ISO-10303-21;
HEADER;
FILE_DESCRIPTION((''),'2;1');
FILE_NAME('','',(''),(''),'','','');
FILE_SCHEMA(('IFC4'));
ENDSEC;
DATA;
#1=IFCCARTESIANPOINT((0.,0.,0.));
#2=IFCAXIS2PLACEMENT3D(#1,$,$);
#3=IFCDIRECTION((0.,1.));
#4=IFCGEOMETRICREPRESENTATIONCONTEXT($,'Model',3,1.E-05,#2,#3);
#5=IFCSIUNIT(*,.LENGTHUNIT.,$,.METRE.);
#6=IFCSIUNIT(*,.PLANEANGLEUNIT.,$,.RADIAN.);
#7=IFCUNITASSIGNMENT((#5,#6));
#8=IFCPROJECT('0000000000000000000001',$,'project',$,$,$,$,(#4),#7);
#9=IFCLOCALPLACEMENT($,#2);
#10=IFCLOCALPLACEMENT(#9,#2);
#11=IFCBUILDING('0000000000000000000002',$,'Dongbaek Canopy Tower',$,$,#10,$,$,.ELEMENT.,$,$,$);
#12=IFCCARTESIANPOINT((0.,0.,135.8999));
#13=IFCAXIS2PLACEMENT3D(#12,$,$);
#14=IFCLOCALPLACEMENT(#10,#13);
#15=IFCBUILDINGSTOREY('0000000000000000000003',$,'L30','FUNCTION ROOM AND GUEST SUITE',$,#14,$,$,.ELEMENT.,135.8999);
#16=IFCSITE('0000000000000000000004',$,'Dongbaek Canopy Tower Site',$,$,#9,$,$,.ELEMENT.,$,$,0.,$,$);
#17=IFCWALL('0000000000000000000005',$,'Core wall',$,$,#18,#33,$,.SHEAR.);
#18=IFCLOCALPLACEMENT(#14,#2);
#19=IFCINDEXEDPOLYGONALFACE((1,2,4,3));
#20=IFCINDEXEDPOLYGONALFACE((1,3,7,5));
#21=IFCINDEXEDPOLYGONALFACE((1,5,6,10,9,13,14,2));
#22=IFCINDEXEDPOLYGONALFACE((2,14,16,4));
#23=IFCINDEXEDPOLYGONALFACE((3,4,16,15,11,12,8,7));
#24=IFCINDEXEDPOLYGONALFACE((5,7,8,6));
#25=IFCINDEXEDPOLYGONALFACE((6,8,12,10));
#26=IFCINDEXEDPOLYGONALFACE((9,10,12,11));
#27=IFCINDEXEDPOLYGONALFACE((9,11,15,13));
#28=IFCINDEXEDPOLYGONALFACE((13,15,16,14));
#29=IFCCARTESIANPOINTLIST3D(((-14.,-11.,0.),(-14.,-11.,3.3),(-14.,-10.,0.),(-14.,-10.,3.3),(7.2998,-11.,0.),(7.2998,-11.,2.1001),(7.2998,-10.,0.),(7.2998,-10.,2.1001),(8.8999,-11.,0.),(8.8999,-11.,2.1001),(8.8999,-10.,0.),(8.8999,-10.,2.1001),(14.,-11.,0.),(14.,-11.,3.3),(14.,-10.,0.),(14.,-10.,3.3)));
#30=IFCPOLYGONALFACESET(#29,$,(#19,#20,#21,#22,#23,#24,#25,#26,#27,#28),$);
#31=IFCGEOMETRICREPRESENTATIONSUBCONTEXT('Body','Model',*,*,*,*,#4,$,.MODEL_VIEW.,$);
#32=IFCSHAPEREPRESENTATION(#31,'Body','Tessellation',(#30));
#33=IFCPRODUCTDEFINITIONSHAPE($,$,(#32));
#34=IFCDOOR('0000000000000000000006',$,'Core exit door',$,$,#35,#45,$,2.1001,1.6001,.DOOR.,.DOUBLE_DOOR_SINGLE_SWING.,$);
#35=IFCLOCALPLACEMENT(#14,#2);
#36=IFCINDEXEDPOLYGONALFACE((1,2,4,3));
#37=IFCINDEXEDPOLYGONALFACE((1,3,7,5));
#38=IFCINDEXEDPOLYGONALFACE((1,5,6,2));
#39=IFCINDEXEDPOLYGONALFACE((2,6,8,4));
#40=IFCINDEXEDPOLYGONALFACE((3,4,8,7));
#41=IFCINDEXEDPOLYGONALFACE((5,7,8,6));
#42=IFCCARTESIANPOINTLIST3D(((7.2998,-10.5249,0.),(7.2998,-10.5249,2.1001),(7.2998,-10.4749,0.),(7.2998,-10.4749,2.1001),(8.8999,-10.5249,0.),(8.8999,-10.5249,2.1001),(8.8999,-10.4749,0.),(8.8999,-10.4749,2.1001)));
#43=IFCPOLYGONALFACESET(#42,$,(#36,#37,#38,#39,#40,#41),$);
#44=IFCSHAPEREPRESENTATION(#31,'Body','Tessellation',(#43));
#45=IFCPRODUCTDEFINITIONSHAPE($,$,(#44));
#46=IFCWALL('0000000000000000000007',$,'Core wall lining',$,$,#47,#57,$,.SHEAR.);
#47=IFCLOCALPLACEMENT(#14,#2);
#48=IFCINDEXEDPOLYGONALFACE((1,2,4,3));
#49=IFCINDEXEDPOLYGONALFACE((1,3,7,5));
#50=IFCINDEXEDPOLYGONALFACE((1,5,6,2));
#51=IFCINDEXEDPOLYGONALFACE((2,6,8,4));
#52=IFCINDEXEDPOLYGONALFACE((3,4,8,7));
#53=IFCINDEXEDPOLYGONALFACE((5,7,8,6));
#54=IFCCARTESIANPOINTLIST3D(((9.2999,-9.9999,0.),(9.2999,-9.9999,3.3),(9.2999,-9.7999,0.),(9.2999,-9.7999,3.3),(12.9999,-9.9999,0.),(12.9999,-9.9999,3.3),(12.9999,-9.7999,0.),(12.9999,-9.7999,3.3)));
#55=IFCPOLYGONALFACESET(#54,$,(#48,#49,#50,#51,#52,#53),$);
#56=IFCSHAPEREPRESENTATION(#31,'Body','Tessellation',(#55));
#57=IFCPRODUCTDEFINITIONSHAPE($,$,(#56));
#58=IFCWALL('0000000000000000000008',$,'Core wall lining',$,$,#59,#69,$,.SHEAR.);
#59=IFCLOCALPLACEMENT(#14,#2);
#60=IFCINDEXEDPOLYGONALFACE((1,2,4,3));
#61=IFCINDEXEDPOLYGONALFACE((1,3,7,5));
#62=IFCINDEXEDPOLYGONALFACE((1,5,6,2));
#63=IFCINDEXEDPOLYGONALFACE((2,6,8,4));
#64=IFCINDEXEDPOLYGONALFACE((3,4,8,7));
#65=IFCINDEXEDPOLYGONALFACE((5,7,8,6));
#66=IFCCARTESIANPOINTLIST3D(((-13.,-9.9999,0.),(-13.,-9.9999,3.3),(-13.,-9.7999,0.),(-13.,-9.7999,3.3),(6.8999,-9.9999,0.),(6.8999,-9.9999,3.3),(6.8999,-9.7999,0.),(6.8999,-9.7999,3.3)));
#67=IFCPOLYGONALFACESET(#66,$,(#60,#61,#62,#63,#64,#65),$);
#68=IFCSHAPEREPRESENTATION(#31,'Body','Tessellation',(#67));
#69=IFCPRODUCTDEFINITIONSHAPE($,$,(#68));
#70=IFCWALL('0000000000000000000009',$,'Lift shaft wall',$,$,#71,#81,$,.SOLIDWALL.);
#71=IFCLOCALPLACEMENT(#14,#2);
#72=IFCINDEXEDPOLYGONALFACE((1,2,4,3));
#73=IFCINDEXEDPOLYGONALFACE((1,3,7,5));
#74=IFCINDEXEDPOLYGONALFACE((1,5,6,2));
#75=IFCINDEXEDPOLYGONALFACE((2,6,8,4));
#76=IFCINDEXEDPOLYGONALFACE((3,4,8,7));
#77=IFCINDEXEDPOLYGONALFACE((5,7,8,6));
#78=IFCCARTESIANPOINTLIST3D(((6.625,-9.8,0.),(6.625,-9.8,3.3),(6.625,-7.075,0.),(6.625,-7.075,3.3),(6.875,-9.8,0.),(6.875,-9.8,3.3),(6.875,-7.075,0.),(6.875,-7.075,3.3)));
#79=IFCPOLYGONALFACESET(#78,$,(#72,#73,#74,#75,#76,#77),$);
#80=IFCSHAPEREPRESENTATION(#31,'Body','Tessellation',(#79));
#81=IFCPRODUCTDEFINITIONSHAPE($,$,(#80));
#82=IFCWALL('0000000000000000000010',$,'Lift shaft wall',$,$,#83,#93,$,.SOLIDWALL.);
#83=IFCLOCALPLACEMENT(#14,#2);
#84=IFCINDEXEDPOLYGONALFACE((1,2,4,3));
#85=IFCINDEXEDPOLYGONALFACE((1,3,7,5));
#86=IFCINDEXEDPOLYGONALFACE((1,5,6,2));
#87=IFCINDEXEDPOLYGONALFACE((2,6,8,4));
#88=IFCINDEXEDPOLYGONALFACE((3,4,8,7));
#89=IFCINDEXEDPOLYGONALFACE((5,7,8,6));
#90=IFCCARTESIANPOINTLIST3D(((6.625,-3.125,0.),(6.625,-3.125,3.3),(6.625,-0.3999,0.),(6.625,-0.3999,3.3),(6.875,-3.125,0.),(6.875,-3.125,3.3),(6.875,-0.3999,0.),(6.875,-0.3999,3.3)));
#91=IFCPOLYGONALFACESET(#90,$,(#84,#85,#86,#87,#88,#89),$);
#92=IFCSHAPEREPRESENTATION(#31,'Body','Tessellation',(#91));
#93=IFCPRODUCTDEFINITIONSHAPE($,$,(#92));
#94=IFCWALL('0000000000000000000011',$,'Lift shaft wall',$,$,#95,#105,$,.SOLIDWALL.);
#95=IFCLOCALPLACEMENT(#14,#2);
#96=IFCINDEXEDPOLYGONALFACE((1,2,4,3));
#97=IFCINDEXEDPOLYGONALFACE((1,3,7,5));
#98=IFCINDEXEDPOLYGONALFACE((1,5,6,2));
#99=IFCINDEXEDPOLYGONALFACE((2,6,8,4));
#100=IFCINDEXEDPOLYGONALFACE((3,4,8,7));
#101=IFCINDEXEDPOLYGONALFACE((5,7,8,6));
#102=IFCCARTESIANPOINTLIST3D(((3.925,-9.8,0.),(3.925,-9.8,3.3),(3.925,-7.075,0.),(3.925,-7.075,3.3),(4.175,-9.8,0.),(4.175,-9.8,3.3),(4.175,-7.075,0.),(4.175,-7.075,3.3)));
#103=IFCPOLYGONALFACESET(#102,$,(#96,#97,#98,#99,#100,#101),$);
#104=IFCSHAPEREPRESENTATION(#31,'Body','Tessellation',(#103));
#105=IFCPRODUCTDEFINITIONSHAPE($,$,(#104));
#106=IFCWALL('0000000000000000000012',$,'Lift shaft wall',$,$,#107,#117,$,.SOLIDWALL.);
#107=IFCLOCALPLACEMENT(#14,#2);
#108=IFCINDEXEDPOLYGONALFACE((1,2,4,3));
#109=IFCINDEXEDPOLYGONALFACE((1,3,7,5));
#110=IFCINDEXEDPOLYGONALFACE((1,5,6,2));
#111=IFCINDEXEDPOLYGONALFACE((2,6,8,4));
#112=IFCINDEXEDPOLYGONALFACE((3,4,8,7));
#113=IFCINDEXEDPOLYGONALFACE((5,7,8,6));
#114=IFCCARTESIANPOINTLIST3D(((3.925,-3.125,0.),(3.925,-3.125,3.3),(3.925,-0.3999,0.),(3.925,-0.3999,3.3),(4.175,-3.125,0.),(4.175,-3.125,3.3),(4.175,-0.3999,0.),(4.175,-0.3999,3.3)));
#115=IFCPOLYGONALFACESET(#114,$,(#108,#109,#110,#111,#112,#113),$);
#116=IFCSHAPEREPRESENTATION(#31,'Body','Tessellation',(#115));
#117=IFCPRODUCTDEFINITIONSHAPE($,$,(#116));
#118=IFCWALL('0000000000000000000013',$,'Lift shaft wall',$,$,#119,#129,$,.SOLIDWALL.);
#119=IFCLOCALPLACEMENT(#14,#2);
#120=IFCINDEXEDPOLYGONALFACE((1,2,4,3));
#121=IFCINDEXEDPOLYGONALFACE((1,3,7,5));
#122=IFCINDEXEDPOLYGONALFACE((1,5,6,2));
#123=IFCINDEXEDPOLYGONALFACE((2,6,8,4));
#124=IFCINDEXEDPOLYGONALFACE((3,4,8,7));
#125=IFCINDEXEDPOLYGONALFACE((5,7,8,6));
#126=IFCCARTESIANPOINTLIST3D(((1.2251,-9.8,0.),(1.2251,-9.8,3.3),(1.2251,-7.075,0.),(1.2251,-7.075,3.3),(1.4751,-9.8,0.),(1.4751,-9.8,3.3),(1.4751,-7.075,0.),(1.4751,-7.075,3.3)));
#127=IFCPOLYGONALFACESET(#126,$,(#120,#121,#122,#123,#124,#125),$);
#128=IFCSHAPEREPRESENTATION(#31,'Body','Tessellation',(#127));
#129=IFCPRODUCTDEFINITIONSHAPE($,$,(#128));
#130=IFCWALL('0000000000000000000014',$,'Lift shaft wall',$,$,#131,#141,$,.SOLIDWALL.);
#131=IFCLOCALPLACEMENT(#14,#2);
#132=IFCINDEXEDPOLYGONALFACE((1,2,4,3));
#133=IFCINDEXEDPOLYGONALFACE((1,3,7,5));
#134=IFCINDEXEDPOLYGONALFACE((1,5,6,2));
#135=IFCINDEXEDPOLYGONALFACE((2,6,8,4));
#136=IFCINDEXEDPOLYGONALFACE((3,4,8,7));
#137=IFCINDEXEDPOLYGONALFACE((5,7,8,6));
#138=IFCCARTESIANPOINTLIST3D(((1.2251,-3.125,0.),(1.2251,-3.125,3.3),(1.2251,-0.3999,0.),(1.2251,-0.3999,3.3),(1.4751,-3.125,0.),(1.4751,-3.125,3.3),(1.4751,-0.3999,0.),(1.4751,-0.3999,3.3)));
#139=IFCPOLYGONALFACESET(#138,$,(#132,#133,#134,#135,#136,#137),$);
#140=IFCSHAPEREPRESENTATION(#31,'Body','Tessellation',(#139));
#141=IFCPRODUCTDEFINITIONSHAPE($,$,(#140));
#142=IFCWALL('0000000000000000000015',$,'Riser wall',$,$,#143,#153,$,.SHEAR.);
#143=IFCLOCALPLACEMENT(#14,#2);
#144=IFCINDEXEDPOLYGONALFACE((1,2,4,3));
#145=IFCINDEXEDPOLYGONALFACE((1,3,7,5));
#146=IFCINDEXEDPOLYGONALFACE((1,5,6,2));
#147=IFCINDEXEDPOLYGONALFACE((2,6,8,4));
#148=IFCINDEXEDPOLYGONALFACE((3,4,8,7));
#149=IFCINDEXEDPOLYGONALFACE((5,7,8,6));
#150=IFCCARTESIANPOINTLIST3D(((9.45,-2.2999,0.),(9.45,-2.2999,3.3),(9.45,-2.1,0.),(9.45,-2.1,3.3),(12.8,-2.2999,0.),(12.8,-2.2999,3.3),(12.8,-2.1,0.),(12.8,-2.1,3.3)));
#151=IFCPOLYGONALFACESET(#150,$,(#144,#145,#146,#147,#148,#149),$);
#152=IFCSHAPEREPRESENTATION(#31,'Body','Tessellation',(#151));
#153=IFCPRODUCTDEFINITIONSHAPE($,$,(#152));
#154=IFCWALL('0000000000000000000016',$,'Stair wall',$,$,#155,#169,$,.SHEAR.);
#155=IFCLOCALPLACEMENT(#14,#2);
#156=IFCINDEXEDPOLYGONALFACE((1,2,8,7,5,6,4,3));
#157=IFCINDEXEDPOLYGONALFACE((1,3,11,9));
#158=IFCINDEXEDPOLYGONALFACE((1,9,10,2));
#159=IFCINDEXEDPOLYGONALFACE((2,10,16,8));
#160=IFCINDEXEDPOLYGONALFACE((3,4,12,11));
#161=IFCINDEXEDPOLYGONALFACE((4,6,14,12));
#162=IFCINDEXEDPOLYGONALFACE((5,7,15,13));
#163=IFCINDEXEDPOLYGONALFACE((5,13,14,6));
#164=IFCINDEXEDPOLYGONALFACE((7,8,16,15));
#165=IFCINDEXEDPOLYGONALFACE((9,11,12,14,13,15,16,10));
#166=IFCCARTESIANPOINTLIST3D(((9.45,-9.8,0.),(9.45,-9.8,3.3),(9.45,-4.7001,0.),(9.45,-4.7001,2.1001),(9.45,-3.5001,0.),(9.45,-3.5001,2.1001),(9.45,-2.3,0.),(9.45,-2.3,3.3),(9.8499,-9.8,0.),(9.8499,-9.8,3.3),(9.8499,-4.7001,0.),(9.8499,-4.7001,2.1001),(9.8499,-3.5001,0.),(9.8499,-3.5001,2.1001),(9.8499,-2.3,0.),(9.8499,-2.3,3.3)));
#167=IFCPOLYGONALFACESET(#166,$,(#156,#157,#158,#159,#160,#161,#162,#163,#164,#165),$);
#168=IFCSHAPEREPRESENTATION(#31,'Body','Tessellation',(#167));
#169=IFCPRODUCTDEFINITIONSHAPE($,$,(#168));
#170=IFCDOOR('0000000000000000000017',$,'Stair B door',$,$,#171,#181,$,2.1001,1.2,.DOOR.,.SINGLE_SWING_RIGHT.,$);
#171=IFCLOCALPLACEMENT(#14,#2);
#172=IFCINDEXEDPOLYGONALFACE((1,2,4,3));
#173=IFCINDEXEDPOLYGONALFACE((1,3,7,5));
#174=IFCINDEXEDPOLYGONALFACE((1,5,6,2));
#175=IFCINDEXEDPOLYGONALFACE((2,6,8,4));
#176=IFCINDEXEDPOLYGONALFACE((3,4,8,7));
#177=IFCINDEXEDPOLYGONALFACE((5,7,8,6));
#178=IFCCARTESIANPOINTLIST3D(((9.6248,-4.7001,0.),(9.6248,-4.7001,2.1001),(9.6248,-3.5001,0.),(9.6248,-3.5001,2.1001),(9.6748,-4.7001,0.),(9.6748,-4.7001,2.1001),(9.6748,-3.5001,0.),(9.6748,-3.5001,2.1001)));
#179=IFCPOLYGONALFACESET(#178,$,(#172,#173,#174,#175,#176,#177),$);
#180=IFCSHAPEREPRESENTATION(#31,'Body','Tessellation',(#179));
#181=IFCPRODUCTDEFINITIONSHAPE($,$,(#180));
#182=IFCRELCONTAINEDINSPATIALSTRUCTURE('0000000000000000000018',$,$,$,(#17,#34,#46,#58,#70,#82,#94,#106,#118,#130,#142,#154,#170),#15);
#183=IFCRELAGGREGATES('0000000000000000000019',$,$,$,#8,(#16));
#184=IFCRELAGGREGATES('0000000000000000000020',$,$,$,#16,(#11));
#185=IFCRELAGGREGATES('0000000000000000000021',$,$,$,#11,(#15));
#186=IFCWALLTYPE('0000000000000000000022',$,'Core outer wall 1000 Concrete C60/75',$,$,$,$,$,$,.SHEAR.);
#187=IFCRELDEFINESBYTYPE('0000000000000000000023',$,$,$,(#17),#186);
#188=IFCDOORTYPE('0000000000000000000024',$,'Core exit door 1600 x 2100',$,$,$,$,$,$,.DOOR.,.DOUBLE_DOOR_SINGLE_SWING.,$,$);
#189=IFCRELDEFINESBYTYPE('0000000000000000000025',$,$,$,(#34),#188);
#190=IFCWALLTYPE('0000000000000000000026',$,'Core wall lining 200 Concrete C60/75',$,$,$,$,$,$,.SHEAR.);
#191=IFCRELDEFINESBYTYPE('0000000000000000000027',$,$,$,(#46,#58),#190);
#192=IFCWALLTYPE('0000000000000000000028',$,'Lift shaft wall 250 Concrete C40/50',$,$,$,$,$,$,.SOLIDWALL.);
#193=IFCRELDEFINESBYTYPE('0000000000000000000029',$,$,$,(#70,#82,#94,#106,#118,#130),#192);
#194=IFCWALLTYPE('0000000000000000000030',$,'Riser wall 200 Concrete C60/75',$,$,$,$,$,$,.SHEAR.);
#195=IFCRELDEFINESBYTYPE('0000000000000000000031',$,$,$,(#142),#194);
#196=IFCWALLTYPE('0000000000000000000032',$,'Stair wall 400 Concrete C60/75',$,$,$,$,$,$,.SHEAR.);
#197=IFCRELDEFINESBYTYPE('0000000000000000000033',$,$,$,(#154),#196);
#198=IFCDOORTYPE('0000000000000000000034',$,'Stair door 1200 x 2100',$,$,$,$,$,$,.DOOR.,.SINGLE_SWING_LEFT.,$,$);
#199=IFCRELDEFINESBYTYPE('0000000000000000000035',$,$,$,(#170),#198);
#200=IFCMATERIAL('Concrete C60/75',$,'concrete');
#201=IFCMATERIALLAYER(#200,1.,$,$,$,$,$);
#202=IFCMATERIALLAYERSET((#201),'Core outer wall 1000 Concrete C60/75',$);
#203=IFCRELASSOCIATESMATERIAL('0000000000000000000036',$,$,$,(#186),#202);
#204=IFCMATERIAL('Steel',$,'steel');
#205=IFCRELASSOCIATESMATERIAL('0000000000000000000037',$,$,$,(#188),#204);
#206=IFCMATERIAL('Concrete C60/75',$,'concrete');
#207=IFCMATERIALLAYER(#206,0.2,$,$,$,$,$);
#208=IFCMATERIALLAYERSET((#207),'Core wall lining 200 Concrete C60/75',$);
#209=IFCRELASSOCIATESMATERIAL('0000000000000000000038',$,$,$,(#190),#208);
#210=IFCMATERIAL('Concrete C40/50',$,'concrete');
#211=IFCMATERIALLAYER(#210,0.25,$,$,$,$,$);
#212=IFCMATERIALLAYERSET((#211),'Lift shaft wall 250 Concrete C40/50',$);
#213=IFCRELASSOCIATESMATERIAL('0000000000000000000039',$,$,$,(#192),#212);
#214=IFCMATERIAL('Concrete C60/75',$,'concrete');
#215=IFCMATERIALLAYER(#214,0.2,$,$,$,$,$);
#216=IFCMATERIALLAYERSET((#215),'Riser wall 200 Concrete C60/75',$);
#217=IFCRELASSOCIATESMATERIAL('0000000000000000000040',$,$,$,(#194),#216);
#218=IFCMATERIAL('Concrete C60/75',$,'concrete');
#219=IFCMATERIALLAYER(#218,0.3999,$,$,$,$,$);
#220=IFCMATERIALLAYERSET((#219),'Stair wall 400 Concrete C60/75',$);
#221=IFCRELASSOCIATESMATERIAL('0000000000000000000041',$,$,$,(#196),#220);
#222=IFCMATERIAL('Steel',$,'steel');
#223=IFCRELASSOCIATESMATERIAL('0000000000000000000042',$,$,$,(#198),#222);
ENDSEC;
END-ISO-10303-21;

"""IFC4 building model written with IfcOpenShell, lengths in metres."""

from ifc_helpers import new_model, si_unit, direction, frame, frame_2d, origin, place, context, subcontext, project, spatial, rectangle, extrude, material, layer, layer_set, type_object, element, fill, save


model = new_model("IFC4")

# Units and contexts
model_context = context("Model", 3, precision=1e-05, world=origin(), true_north=direction((0.0, 1.0)))
body_context = subcontext(model_context, "Body", "Model", "MODEL_VIEW")
ifc_project = project(units=[si_unit("LENGTHUNIT", "METRE"), si_unit("PLANEANGLEUNIT", "RADIAN")], contexts=[model_context])

# Site, building, storey
site_placement = place(None, origin())
site = spatial("IfcSite", under=ifc_project, at=site_placement, Name="Dongbaek Canopy Tower Site", CompositionType="ELEMENT", RefElevation=0.0)
building_placement = place(site_placement, origin())
building = spatial("IfcBuilding", under=site, at=building_placement, Name="Dongbaek Canopy Tower", CompositionType="ELEMENT")
storey_placement = place(building_placement, frame((0.0, 0.0, 135.8999)))
storey = spatial("IfcBuildingStorey", under=building, at=storey_placement, Name="L30", Description="FUNCTION ROOM AND GUEST SUITE", CompositionType="ELEMENT", Elevation=135.8999)

# Wall, opening, door
ifc_material_1 = material(Name="Concrete C60/75", Category="concrete")
ifc_layer_1 = layer(ifc_material_1, 1.0)
ifc_layer_set_1 = layer_set([ifc_layer_1], Name="Core outer wall 1000 Concrete C60/75")
wall_type_1 = type_object("IfcWallType", Name="Core outer wall 1000 Concrete C60/75", PredefinedType="SHEAR", material=ifc_layer_set_1)
wall_1_placement = place(storey_placement, frame((14.0, -10.5, 0.0), z_axis=(0.0, 0.0, 1.0), x_axis=(-1.0, 0.0, 0.0)))
wall_1 = element("IfcWall", 1, at=wall_1_placement, inside=storey, type_object=wall_type_1, Name="Core wall", PredefinedType="SHEAR", context=body_context, shape_type="SweptSolid", body=[
    extrude(rectangle(XDim=28.0, YDim=1.0, at=frame_2d((14.0, 0.0))), origin(), (0.0, 0.0, 1.0), 3.3),
])
opening_1_placement = place(wall_1_placement, frame((5.1001, 0.0, 0.0)))
opening_1 = element("IfcOpeningElement", 2, at=opening_1_placement, cuts=wall_1, PredefinedType="OPENING", context=body_context, shape_type="SweptSolid", body=[
    extrude(rectangle(XDim=1.6001, YDim=2.1001, at=frame_2d((0.8, 1.05))), frame((0.0, 0.51, 0.0), z_axis=(0.0, -1.0, 0.0), x_axis=(1.0, 0.0, 0.0)), (0.0, 0.0, 1.0), 1.02),
])
ifc_material_2 = material(Name="Steel", Category="steel")
door_type_1 = type_object("IfcDoorType", Name="Core exit door 1600 x 2100", OperationType="DOUBLE_DOOR_SINGLE_SWING", PredefinedType="DOOR", material=ifc_material_2)
door_1_placement = place(opening_1_placement, origin())
door_1 = element("IfcDoor", 3, at=door_1_placement, inside=storey, type_object=door_type_1, Name="Core exit door", OperationType="DOUBLE_DOOR_SINGLE_SWING", OverallHeight=2.1001, OverallWidth=1.6001, PredefinedType="DOOR", context=body_context, shape_type="SweptSolid", body=[
    extrude(rectangle(XDim=1.6001, YDim=2.1001, at=frame_2d((0.8, 1.05))), frame((0.0, 0.0249, 0.0), z_axis=(0.0, -1.0, 0.0), x_axis=(1.0, 0.0, 0.0)), (0.0, 0.0, 1.0), 0.05),
])
fill(opening_1, door_1)

# Walls
ifc_material_3 = material(Name="Concrete C60/75", Category="concrete")
ifc_layer_2 = layer(ifc_material_3, 0.2)
ifc_layer_set_2 = layer_set([ifc_layer_2], Name="Core wall lining 200 Concrete C60/75")
wall_type_2 = type_object("IfcWallType", Name="Core wall lining 200 Concrete C60/75", PredefinedType="SHEAR", material=ifc_layer_set_2)
wall_2_placement = place(storey_placement, frame((13.0, -9.8999, 0.0), z_axis=(0.0, 0.0, 1.0), x_axis=(-1.0, 0.0, 0.0)))
element("IfcWall", 4, at=wall_2_placement, inside=storey, type_object=wall_type_2, Name="Core wall lining", PredefinedType="SHEAR", context=body_context, shape_type="SweptSolid", body=[
    extrude(rectangle(XDim=3.7, YDim=0.2, at=frame_2d((1.8501, 0.0))), origin(), (0.0, 0.0, 1.0), 3.3),
])
wall_3_placement = place(storey_placement, frame((6.8999, -9.8999, 0.0), z_axis=(0.0, 0.0, 1.0), x_axis=(-1.0, 0.0, 0.0)))
element("IfcWall", 5, at=wall_3_placement, inside=storey, type_object=wall_type_2, Name="Core wall lining", PredefinedType="SHEAR", context=body_context, shape_type="SweptSolid", body=[
    extrude(rectangle(XDim=19.8999, YDim=0.2, at=frame_2d((9.95, 0.0))), origin(), (0.0, 0.0, 1.0), 3.3),
])
ifc_material_4 = material(Name="Concrete C40/50", Category="concrete")
ifc_layer_3 = layer(ifc_material_4, 0.25)
ifc_layer_set_3 = layer_set([ifc_layer_3], Name="Lift shaft wall 250 Concrete C40/50")
wall_type_3 = type_object("IfcWallType", Name="Lift shaft wall 250 Concrete C40/50", PredefinedType="SOLIDWALL", material=ifc_layer_set_3)
for number, where, z_axis, x_axis, name in (
    (6, (6.75, -9.8, 0.0), (0.0, 0.0, 1.0), (0.0, 1.0, 0.0), "Lift shaft wall"),
    (7, (6.75, -3.125, 0.0), (0.0, 0.0, 1.0), (0.0, 1.0, 0.0), "Lift shaft wall"),
    (8, (4.05, -9.8, 0.0), (0.0, 0.0, 1.0), (0.0, 1.0, 0.0), "Lift shaft wall"),
    (9, (4.05, -3.125, 0.0), (0.0, 0.0, 1.0), (0.0, 1.0, 0.0), "Lift shaft wall"),
    (10, (1.3501, -9.8, 0.0), (0.0, 0.0, 1.0), (0.0, 1.0, 0.0), "Lift shaft wall"),
    (11, (1.3501, -3.125, 0.0), (0.0, 0.0, 1.0), (0.0, 1.0, 0.0), "Lift shaft wall"),
):
    element("IfcWall", number, at=place(storey_placement, frame(where, z_axis=z_axis, x_axis=x_axis)), inside=storey, type_object=wall_type_3, Name=name, PredefinedType="SOLIDWALL", context=body_context, shape_type="SweptSolid", body=[
        extrude(rectangle(XDim=2.7251, YDim=0.25, at=frame_2d((1.3625, 0.0))), origin(), (0.0, 0.0, 1.0), 3.3),
    ])
ifc_material_5 = material(Name="Concrete C60/75", Category="concrete")
ifc_layer_4 = layer(ifc_material_5, 0.2)
ifc_layer_set_4 = layer_set([ifc_layer_4], Name="Riser wall 200 Concrete C60/75")
wall_type_4 = type_object("IfcWallType", Name="Riser wall 200 Concrete C60/75", PredefinedType="SHEAR", material=ifc_layer_set_4)
wall_4_placement = place(storey_placement, frame((9.45, -2.2, 0.0), z_axis=(0.0, 0.0, 1.0), x_axis=(1.0, 0.0, 0.0)))
element("IfcWall", 12, at=wall_4_placement, inside=storey, type_object=wall_type_4, Name="Riser wall", PredefinedType="SHEAR", context=body_context, shape_type="SweptSolid", body=[
    extrude(rectangle(XDim=3.3501, YDim=0.2, at=frame_2d((1.675, 0.0))), origin(), (0.0, 0.0, 1.0), 3.3),
])

# Wall, opening, door
ifc_material_6 = material(Name="Concrete C60/75", Category="concrete")
ifc_layer_5 = layer(ifc_material_6, 0.3999)
ifc_layer_set_5 = layer_set([ifc_layer_5], Name="Stair wall 400 Concrete C60/75")
wall_type_5 = type_object("IfcWallType", Name="Stair wall 400 Concrete C60/75", PredefinedType="SHEAR", material=ifc_layer_set_5)
wall_5_placement = place(storey_placement, frame((9.6499, -2.3, 0.0), z_axis=(0.0, 0.0, 1.0), x_axis=(0.0, -1.0, 0.0)))
wall_5 = element("IfcWall", 13, at=wall_5_placement, inside=storey, type_object=wall_type_5, Name="Stair wall", PredefinedType="SHEAR", context=body_context, shape_type="SweptSolid", body=[
    extrude(rectangle(XDim=7.5, YDim=0.3999, at=frame_2d((3.75, 0.0))), origin(), (0.0, 0.0, 1.0), 3.3),
])
opening_2_placement = place(wall_5_placement, frame((1.2, 0.0, 0.0)))
opening_2 = element("IfcOpeningElement", 14, at=opening_2_placement, cuts=wall_5, PredefinedType="OPENING", context=body_context, shape_type="SweptSolid", body=[
    extrude(rectangle(XDim=1.2, YDim=2.1001, at=frame_2d((0.6001, 1.05))), frame((0.0, 0.21, 0.0), z_axis=(0.0, -1.0, 0.0), x_axis=(1.0, 0.0, 0.0)), (0.0, 0.0, 1.0), 0.4199),
])
ifc_material_7 = material(Name="Steel", Category="steel")
door_type_2 = type_object("IfcDoorType", Name="Stair door 1200 x 2100", OperationType="SINGLE_SWING_LEFT", PredefinedType="DOOR", material=ifc_material_7)
door_2_placement = place(opening_2_placement, origin())
door_2 = element("IfcDoor", 15, at=door_2_placement, inside=storey, type_object=door_type_2, Name="Stair B door", OperationType="SINGLE_SWING_RIGHT", OverallHeight=2.1001, OverallWidth=1.2, PredefinedType="DOOR", context=body_context, shape_type="SweptSolid", body=[
    extrude(rectangle(XDim=1.2, YDim=2.1001, at=frame_2d((0.6001, 1.05))), frame((0.0, 0.0249, 0.0), z_axis=(0.0, -1.0, 0.0), x_axis=(1.0, 0.0, 0.0)), (0.0, 0.0, 1.0), 0.05),
])
fill(opening_2, door_2)

save(model, "model.ifc")
